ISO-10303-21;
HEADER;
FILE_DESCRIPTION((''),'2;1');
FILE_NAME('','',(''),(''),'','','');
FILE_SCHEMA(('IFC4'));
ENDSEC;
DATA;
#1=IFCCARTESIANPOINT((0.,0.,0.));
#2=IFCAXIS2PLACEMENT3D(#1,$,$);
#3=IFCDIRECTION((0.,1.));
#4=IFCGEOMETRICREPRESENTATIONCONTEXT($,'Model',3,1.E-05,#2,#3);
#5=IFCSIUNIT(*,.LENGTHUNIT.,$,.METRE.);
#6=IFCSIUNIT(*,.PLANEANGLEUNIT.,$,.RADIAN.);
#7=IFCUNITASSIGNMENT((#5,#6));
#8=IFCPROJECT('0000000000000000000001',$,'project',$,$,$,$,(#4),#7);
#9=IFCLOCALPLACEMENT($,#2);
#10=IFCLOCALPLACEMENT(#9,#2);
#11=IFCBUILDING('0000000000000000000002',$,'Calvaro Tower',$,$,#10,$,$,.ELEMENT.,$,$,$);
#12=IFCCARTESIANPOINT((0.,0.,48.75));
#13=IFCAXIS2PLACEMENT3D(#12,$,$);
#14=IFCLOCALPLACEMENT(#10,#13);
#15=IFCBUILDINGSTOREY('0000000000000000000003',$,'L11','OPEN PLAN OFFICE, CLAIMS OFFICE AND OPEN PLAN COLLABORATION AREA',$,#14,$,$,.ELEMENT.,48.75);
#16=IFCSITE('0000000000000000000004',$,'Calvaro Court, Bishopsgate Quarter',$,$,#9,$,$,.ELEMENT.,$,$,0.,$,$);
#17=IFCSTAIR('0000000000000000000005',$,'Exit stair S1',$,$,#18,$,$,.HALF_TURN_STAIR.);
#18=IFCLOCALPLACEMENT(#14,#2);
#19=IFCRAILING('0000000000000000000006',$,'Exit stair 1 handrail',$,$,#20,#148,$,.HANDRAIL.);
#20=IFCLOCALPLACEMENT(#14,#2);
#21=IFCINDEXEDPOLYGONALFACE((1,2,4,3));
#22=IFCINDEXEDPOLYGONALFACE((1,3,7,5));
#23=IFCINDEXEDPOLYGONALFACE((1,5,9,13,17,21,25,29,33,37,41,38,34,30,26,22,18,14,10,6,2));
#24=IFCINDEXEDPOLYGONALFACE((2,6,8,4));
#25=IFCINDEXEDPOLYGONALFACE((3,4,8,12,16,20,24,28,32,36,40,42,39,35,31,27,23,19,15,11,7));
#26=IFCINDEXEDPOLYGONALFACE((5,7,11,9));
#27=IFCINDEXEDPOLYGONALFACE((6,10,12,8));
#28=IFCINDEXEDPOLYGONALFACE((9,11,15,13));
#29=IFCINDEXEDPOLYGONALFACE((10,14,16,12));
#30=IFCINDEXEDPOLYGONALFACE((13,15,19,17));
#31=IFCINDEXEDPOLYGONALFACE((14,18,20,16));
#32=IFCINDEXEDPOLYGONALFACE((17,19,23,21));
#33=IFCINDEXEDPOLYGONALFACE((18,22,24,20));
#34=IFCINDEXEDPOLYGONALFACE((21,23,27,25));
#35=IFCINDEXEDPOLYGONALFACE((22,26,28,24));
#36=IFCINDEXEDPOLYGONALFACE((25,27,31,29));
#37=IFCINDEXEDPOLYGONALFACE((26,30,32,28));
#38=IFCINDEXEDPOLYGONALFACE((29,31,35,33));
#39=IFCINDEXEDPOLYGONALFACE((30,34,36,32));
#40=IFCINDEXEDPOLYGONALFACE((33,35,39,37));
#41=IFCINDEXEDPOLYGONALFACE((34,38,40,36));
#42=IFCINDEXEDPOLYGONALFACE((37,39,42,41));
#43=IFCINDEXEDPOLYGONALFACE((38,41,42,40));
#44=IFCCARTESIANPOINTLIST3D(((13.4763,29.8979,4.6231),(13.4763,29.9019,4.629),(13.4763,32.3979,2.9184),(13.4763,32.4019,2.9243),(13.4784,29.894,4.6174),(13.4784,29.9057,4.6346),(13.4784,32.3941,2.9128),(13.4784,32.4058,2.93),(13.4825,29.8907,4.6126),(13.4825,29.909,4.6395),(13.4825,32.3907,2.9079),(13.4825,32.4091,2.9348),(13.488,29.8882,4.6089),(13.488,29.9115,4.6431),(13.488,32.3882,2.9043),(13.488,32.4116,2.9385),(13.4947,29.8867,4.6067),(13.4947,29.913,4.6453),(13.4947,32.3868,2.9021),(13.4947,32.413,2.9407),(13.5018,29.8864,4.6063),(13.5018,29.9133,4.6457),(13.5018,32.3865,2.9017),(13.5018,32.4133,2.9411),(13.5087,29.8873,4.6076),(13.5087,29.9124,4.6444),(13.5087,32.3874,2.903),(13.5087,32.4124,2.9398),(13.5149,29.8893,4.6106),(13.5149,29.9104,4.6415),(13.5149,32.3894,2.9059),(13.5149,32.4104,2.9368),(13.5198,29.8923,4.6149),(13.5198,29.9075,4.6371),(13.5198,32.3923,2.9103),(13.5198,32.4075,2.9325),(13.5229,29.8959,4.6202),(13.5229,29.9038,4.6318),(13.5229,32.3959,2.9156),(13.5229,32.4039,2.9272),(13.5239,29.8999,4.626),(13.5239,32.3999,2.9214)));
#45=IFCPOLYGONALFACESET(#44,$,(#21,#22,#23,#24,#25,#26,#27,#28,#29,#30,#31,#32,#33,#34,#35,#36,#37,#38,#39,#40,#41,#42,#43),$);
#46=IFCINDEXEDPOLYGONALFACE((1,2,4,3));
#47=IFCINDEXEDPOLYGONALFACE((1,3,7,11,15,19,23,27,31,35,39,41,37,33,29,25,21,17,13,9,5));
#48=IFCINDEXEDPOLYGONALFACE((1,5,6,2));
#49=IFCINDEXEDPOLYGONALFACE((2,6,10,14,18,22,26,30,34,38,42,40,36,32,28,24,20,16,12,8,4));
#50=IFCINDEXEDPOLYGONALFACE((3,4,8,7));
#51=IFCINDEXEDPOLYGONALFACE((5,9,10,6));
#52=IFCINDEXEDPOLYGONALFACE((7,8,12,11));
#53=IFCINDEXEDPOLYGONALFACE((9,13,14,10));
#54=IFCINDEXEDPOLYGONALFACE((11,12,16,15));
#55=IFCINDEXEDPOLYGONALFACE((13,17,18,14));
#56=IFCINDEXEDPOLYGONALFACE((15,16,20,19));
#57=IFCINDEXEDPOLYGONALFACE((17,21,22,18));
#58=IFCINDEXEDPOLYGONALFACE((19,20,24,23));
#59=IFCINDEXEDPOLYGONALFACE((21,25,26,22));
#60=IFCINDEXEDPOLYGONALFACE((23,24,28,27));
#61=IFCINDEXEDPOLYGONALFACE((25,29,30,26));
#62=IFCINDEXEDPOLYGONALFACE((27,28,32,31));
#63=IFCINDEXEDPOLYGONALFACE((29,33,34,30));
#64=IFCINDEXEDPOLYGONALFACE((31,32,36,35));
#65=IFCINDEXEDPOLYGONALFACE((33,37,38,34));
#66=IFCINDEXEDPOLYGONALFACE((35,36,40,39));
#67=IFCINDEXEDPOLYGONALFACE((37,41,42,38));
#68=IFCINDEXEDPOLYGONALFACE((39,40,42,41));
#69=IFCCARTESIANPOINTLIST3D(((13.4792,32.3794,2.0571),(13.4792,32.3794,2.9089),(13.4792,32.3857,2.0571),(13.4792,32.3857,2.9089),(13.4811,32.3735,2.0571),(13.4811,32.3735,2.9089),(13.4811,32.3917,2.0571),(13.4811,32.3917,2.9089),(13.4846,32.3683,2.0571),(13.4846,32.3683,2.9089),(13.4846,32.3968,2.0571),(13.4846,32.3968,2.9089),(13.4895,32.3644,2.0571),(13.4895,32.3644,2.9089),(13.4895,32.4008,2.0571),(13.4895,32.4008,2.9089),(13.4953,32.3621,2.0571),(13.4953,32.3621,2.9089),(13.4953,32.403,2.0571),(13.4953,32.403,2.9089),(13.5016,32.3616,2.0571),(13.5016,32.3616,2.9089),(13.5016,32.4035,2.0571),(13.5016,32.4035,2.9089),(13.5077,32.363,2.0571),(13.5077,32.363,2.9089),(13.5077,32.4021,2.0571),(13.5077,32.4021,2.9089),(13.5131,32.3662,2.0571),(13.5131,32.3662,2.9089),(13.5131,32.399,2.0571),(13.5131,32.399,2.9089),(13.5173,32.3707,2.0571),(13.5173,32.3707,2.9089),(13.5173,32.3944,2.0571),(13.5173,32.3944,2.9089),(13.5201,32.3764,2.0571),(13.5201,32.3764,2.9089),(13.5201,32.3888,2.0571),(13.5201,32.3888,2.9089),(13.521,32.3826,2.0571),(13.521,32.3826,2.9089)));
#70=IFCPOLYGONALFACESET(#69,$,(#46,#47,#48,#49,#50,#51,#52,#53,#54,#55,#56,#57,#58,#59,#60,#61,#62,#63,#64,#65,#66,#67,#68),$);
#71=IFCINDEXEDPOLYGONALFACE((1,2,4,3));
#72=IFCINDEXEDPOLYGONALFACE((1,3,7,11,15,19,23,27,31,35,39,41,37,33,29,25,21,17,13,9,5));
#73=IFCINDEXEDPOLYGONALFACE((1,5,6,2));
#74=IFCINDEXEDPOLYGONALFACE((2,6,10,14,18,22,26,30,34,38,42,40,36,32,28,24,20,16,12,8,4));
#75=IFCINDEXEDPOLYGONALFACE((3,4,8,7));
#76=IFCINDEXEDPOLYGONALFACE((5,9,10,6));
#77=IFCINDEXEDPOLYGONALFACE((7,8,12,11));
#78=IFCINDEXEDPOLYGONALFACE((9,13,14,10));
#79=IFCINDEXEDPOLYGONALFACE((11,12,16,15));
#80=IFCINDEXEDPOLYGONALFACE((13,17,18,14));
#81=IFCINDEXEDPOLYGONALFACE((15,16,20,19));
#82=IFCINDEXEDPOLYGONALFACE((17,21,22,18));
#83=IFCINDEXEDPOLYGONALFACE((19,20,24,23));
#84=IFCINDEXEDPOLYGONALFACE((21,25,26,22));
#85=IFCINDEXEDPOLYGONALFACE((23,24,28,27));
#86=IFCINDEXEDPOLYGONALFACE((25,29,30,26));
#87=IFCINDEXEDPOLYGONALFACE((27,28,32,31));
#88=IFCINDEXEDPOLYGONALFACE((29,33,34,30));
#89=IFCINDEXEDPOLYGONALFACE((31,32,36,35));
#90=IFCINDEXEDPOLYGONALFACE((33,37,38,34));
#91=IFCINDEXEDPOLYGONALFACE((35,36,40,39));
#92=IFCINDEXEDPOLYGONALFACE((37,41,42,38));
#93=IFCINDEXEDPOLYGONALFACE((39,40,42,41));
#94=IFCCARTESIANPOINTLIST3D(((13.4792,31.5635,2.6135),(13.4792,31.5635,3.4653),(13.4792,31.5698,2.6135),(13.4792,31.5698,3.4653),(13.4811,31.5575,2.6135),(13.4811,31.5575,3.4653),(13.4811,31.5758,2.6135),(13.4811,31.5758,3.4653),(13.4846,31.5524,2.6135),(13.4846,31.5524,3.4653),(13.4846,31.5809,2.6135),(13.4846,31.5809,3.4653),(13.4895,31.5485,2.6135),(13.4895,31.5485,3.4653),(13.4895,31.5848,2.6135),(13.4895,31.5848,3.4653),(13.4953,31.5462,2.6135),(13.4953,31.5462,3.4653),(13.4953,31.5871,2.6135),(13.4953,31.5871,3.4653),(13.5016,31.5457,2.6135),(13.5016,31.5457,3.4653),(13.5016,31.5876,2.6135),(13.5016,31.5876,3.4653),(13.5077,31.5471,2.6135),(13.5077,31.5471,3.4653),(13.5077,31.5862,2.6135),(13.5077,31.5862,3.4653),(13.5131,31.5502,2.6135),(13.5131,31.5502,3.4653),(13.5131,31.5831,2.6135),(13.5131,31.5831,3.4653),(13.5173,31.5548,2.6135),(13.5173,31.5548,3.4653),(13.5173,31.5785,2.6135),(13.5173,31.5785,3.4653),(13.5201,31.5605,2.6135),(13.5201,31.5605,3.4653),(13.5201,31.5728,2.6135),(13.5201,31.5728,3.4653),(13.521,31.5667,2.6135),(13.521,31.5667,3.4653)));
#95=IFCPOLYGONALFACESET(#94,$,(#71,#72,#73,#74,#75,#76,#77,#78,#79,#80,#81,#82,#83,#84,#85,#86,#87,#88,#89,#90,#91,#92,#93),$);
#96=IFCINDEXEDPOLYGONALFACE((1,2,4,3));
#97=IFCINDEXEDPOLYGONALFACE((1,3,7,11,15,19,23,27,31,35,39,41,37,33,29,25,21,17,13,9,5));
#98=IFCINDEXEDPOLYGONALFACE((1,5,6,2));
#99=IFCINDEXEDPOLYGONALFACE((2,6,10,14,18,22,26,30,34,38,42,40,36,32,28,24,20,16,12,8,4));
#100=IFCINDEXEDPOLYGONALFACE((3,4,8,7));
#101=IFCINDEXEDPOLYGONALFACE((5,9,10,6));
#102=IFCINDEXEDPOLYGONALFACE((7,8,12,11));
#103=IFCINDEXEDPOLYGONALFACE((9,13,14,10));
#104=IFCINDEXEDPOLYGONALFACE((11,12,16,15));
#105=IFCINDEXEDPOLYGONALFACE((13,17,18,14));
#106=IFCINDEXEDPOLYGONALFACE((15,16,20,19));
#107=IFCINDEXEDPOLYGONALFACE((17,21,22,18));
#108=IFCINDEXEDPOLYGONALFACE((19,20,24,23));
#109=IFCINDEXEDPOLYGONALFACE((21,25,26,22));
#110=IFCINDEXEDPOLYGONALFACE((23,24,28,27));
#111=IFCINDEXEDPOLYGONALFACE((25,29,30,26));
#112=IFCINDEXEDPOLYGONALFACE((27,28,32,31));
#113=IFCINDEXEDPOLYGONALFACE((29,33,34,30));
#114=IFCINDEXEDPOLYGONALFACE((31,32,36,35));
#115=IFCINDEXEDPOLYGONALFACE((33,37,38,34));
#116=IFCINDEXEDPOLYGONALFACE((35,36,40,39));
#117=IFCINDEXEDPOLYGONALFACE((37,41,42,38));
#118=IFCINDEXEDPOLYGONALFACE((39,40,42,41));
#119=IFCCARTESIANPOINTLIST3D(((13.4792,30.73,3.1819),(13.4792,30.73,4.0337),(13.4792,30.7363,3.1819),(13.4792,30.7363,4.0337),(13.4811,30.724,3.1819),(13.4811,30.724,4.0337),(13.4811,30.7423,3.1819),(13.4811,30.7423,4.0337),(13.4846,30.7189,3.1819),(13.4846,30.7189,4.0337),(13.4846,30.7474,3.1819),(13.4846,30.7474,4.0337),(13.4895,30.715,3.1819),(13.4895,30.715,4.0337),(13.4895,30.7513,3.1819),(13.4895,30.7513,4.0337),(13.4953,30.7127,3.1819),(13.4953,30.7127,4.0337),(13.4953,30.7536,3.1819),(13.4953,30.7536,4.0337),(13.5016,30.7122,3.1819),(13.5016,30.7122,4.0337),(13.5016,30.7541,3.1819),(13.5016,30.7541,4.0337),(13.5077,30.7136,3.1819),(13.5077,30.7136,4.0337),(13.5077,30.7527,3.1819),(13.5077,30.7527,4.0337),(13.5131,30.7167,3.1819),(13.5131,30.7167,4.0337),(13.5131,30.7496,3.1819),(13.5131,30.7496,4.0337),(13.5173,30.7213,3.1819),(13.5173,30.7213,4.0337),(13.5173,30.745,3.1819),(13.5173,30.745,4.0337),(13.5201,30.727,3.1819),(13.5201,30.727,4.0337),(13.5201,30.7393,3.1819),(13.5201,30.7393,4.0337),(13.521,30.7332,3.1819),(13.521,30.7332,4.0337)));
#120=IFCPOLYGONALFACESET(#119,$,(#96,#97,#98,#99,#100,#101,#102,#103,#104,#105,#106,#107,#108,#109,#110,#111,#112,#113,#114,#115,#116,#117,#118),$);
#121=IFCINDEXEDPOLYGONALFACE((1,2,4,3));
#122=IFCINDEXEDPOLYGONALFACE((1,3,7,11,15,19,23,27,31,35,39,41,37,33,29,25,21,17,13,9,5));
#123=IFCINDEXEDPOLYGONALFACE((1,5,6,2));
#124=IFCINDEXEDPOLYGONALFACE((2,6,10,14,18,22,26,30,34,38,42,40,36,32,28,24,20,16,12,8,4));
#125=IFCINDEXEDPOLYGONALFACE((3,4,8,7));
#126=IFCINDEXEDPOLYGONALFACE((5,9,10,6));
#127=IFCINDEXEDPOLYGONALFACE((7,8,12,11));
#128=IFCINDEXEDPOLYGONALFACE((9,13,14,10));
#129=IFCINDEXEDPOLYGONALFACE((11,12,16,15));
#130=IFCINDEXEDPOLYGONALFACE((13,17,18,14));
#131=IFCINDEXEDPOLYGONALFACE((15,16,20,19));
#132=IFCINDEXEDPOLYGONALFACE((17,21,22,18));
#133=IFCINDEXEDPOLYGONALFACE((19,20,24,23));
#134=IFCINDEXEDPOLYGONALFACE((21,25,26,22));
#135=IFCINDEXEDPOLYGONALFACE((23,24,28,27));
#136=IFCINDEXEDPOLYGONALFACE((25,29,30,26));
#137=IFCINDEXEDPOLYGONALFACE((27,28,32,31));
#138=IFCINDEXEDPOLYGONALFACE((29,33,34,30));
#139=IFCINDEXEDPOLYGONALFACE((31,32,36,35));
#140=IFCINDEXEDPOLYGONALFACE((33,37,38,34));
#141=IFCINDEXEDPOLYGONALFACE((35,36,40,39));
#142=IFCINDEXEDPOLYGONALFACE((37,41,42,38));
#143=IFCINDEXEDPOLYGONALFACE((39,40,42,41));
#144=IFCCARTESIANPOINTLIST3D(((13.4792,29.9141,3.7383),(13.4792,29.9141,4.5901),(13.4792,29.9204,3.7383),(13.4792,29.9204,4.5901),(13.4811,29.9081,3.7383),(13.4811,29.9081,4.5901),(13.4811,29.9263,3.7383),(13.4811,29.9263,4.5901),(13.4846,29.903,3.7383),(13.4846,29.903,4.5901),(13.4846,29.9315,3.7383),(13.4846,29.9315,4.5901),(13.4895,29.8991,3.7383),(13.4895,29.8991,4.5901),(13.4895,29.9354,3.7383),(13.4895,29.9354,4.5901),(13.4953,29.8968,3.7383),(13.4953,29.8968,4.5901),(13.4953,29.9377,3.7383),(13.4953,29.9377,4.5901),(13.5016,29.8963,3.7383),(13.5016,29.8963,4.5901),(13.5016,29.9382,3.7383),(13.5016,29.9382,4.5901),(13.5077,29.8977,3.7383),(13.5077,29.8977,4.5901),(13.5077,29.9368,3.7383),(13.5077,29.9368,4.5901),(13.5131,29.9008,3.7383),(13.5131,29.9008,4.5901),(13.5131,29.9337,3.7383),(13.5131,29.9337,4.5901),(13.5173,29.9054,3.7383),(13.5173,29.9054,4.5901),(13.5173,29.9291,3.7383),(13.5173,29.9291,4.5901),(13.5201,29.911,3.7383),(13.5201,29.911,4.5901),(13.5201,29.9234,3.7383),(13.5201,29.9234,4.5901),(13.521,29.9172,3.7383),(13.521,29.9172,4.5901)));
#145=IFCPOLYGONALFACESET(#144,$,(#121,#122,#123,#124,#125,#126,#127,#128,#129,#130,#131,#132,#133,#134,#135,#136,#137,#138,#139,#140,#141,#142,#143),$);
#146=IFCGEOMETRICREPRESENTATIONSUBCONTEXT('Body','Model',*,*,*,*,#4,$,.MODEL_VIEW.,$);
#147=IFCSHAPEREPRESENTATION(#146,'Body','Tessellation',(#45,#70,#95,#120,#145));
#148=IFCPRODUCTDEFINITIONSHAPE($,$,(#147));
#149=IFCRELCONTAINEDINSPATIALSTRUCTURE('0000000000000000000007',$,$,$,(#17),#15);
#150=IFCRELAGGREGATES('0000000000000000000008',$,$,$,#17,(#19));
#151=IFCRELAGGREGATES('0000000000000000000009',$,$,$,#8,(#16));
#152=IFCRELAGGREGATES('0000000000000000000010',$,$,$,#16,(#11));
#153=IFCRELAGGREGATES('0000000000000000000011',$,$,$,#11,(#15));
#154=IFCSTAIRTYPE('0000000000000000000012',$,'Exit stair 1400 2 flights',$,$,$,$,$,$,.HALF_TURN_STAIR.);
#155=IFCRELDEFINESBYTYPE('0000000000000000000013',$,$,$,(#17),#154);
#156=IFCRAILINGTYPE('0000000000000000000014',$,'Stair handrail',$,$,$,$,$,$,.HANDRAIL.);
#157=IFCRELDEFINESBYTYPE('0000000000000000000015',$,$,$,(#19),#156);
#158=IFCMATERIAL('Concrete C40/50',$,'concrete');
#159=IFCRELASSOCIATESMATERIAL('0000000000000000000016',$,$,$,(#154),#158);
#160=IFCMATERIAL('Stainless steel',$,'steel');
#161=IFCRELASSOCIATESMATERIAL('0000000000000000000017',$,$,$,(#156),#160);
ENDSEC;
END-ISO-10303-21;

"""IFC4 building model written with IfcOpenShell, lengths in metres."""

from ifc_helpers import new_model, si_unit, direction, frame, origin, origin_2d, place, context, subcontext, project, spatial, circle, extrude, material, type_object, element, aggregate, save


model = new_model("IFC4")

# Units and contexts
model_context = context("Model", 3, precision=1e-05, world=origin(), true_north=direction((0.0, 1.0)))
body_context = subcontext(model_context, "Body", "Model", "MODEL_VIEW")
ifc_project = project(units=[si_unit("LENGTHUNIT", "METRE"), si_unit("PLANEANGLEUNIT", "RADIAN")], contexts=[model_context])

# Site, building, storey
site_placement = place(None, origin())
site = spatial("IfcSite", under=ifc_project, at=site_placement, Name="Calvaro Court, Bishopsgate Quarter", CompositionType="ELEMENT", RefElevation=0.0)
building_placement = place(site_placement, origin())
building = spatial("IfcBuilding", under=site, at=building_placement, Name="Calvaro Tower", CompositionType="ELEMENT")
storey_placement = place(building_placement, frame((0.0, 0.0, 48.75)))
storey = spatial("IfcBuildingStorey", under=building, at=storey_placement, Name="L11", Description="OPEN PLAN OFFICE, CLAIMS OFFICE AND OPEN PLAN COLLABORATION AREA", CompositionType="ELEMENT", Elevation=48.75)

# Stair, railing
ifc_material_1 = material(Name="Concrete C40/50", Category="concrete")
stair_type = type_object("IfcStairType", Name="Exit stair 1400 2 flights", PredefinedType="HALF_TURN_STAIR", material=ifc_material_1)
stair_placement = place(storey_placement, origin())
stair = element("IfcStair", 1, at=stair_placement, inside=storey, type_object=stair_type, Name="Exit stair S1", PredefinedType="HALF_TURN_STAIR")
ifc_material_2 = material(Name="Stainless steel", Category="steel")
railing_type = type_object("IfcRailingType", Name="Stair handrail", PredefinedType="HANDRAIL", material=ifc_material_2)
railing_1_placement = place(storey_placement, frame((13.5, 32.3999, 2.0454)))
railing_1 = element("IfcRailing", 2, at=railing_1_placement, type_object=railing_type, Name="Exit stair 1 handrail", PredefinedType="HANDRAIL", context=body_context, shape_type="SweptSolid", body=[
    extrude(circle(Radius=0.0239, at=origin_2d()), frame((0.0, 0.0, 0.876), z_axis=(0.0, -0.826221, 0.563347), x_axis=(1.0, 0.0, 0.0)), (0.0, 0.0, 1.0), 3.0259),
    extrude(circle(Radius=0.021, at=origin_2d()), frame((0.0, -0.0173, 0.0117)), (0.0, 0.0, 1.0), 0.8518),
    extrude(circle(Radius=0.021, at=origin_2d()), frame((0.0, -0.8333, 0.5681)), (0.0, 0.0, 1.0), 0.8518),
    extrude(circle(Radius=0.021, at=origin_2d()), frame((0.0, -1.6667, 1.1365)), (0.0, 0.0, 1.0), 0.8518),
    extrude(circle(Radius=0.021, at=origin_2d()), frame((0.0, -2.4827, 1.6929)), (0.0, 0.0, 1.0), 0.8518),
])
aggregate(stair, [railing_1])

save(model, "model.ifc")
